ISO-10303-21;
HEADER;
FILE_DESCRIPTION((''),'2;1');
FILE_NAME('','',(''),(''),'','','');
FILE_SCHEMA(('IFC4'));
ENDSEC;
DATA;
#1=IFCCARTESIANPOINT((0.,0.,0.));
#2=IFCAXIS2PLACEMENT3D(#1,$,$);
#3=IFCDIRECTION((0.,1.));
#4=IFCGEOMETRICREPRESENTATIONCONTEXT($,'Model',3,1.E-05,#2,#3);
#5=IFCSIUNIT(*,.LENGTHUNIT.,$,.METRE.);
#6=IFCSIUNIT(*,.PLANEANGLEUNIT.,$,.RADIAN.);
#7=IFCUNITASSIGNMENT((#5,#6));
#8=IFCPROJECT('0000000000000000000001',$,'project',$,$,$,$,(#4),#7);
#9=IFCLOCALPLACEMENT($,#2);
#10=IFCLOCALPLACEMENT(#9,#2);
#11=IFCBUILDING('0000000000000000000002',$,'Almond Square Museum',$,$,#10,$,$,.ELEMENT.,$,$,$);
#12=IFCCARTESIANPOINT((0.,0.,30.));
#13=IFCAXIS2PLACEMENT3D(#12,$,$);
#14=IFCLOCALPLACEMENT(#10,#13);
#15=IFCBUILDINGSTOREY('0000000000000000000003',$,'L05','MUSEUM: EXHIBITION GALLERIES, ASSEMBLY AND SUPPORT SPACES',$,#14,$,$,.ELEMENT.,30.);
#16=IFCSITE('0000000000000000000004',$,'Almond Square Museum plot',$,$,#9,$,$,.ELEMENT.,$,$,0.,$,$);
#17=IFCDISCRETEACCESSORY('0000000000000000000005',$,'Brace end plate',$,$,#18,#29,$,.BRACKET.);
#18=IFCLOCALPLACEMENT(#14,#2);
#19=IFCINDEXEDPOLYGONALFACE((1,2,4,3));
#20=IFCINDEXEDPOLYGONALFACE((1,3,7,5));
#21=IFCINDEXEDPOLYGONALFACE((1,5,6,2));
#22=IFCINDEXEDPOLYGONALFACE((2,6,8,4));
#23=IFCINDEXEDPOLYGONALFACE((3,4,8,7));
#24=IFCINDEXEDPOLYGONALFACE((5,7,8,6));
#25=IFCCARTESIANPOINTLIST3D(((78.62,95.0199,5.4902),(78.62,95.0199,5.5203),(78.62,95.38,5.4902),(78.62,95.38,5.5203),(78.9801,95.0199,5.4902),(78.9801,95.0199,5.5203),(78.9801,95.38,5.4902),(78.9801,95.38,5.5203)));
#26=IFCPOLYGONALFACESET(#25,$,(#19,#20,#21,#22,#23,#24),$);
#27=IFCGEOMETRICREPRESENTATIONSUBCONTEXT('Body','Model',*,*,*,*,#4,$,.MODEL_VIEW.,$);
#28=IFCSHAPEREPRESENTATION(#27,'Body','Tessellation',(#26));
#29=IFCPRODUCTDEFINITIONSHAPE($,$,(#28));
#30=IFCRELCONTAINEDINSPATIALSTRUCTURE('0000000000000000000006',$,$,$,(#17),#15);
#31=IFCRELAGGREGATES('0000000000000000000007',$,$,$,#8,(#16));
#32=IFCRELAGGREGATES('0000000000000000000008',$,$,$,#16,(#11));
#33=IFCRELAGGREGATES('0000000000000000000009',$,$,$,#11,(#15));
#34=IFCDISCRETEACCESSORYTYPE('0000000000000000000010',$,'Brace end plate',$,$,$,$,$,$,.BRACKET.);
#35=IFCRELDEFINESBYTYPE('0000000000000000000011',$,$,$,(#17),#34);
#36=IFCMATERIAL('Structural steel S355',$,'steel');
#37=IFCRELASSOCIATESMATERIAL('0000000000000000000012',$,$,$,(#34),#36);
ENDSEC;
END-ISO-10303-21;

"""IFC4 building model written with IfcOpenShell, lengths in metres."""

from ifc_helpers import new_model, si_unit, direction, frame, origin, origin_2d, place, context, subcontext, project, spatial, rectangle, extrude, material, type_object, element, save


model = new_model("IFC4")

# Units and contexts
model_context = context("Model", 3, precision=1e-05, world=origin(), true_north=direction((0.0, 1.0)))
body_context = subcontext(model_context, "Body", "Model", "MODEL_VIEW")
ifc_project = project(units=[si_unit("LENGTHUNIT", "METRE"), si_unit("PLANEANGLEUNIT", "RADIAN")], contexts=[model_context])

# Site, building, storey
site_placement = place(None, origin())
site = spatial("IfcSite", under=ifc_project, at=site_placement, Name="Almond Square Museum plot", CompositionType="ELEMENT", RefElevation=0.0)
building_placement = place(site_placement, origin())
building = spatial("IfcBuilding", under=site, at=building_placement, Name="Almond Square Museum", CompositionType="ELEMENT")
storey_placement = place(building_placement, frame((0.0, 0.0, 30.0)))
storey = spatial("IfcBuildingStorey", under=building, at=storey_placement, Name="L05", Description="MUSEUM: EXHIBITION GALLERIES, ASSEMBLY AND SUPPORT SPACES", CompositionType="ELEMENT", Elevation=30.0)

# Discrete accessory
ifc_material_1 = material(Name="Structural steel S355", Category="steel")
discrete_accessory_type = type_object("IfcDiscreteAccessoryType", Name="Brace end plate", PredefinedType="BRACKET", material=ifc_material_1)
discrete_accessory_placement = place(storey_placement, frame((78.8, 95.2, 5.4902), z_axis=(0.0, 0.0, 1.0), x_axis=(1.0, 0.0, 0.0)))
element("IfcDiscreteAccessory", 1, at=discrete_accessory_placement, inside=storey, type_object=discrete_accessory_type, Name="Brace end plate", PredefinedType="BRACKET", context=body_context, shape_type="SweptSolid", body=[
    extrude(rectangle(XDim=0.3601, YDim=0.3601, at=origin_2d()), origin(), (0.0, 0.0, 1.0), 0.03),
])

save(model, "model.ifc")
